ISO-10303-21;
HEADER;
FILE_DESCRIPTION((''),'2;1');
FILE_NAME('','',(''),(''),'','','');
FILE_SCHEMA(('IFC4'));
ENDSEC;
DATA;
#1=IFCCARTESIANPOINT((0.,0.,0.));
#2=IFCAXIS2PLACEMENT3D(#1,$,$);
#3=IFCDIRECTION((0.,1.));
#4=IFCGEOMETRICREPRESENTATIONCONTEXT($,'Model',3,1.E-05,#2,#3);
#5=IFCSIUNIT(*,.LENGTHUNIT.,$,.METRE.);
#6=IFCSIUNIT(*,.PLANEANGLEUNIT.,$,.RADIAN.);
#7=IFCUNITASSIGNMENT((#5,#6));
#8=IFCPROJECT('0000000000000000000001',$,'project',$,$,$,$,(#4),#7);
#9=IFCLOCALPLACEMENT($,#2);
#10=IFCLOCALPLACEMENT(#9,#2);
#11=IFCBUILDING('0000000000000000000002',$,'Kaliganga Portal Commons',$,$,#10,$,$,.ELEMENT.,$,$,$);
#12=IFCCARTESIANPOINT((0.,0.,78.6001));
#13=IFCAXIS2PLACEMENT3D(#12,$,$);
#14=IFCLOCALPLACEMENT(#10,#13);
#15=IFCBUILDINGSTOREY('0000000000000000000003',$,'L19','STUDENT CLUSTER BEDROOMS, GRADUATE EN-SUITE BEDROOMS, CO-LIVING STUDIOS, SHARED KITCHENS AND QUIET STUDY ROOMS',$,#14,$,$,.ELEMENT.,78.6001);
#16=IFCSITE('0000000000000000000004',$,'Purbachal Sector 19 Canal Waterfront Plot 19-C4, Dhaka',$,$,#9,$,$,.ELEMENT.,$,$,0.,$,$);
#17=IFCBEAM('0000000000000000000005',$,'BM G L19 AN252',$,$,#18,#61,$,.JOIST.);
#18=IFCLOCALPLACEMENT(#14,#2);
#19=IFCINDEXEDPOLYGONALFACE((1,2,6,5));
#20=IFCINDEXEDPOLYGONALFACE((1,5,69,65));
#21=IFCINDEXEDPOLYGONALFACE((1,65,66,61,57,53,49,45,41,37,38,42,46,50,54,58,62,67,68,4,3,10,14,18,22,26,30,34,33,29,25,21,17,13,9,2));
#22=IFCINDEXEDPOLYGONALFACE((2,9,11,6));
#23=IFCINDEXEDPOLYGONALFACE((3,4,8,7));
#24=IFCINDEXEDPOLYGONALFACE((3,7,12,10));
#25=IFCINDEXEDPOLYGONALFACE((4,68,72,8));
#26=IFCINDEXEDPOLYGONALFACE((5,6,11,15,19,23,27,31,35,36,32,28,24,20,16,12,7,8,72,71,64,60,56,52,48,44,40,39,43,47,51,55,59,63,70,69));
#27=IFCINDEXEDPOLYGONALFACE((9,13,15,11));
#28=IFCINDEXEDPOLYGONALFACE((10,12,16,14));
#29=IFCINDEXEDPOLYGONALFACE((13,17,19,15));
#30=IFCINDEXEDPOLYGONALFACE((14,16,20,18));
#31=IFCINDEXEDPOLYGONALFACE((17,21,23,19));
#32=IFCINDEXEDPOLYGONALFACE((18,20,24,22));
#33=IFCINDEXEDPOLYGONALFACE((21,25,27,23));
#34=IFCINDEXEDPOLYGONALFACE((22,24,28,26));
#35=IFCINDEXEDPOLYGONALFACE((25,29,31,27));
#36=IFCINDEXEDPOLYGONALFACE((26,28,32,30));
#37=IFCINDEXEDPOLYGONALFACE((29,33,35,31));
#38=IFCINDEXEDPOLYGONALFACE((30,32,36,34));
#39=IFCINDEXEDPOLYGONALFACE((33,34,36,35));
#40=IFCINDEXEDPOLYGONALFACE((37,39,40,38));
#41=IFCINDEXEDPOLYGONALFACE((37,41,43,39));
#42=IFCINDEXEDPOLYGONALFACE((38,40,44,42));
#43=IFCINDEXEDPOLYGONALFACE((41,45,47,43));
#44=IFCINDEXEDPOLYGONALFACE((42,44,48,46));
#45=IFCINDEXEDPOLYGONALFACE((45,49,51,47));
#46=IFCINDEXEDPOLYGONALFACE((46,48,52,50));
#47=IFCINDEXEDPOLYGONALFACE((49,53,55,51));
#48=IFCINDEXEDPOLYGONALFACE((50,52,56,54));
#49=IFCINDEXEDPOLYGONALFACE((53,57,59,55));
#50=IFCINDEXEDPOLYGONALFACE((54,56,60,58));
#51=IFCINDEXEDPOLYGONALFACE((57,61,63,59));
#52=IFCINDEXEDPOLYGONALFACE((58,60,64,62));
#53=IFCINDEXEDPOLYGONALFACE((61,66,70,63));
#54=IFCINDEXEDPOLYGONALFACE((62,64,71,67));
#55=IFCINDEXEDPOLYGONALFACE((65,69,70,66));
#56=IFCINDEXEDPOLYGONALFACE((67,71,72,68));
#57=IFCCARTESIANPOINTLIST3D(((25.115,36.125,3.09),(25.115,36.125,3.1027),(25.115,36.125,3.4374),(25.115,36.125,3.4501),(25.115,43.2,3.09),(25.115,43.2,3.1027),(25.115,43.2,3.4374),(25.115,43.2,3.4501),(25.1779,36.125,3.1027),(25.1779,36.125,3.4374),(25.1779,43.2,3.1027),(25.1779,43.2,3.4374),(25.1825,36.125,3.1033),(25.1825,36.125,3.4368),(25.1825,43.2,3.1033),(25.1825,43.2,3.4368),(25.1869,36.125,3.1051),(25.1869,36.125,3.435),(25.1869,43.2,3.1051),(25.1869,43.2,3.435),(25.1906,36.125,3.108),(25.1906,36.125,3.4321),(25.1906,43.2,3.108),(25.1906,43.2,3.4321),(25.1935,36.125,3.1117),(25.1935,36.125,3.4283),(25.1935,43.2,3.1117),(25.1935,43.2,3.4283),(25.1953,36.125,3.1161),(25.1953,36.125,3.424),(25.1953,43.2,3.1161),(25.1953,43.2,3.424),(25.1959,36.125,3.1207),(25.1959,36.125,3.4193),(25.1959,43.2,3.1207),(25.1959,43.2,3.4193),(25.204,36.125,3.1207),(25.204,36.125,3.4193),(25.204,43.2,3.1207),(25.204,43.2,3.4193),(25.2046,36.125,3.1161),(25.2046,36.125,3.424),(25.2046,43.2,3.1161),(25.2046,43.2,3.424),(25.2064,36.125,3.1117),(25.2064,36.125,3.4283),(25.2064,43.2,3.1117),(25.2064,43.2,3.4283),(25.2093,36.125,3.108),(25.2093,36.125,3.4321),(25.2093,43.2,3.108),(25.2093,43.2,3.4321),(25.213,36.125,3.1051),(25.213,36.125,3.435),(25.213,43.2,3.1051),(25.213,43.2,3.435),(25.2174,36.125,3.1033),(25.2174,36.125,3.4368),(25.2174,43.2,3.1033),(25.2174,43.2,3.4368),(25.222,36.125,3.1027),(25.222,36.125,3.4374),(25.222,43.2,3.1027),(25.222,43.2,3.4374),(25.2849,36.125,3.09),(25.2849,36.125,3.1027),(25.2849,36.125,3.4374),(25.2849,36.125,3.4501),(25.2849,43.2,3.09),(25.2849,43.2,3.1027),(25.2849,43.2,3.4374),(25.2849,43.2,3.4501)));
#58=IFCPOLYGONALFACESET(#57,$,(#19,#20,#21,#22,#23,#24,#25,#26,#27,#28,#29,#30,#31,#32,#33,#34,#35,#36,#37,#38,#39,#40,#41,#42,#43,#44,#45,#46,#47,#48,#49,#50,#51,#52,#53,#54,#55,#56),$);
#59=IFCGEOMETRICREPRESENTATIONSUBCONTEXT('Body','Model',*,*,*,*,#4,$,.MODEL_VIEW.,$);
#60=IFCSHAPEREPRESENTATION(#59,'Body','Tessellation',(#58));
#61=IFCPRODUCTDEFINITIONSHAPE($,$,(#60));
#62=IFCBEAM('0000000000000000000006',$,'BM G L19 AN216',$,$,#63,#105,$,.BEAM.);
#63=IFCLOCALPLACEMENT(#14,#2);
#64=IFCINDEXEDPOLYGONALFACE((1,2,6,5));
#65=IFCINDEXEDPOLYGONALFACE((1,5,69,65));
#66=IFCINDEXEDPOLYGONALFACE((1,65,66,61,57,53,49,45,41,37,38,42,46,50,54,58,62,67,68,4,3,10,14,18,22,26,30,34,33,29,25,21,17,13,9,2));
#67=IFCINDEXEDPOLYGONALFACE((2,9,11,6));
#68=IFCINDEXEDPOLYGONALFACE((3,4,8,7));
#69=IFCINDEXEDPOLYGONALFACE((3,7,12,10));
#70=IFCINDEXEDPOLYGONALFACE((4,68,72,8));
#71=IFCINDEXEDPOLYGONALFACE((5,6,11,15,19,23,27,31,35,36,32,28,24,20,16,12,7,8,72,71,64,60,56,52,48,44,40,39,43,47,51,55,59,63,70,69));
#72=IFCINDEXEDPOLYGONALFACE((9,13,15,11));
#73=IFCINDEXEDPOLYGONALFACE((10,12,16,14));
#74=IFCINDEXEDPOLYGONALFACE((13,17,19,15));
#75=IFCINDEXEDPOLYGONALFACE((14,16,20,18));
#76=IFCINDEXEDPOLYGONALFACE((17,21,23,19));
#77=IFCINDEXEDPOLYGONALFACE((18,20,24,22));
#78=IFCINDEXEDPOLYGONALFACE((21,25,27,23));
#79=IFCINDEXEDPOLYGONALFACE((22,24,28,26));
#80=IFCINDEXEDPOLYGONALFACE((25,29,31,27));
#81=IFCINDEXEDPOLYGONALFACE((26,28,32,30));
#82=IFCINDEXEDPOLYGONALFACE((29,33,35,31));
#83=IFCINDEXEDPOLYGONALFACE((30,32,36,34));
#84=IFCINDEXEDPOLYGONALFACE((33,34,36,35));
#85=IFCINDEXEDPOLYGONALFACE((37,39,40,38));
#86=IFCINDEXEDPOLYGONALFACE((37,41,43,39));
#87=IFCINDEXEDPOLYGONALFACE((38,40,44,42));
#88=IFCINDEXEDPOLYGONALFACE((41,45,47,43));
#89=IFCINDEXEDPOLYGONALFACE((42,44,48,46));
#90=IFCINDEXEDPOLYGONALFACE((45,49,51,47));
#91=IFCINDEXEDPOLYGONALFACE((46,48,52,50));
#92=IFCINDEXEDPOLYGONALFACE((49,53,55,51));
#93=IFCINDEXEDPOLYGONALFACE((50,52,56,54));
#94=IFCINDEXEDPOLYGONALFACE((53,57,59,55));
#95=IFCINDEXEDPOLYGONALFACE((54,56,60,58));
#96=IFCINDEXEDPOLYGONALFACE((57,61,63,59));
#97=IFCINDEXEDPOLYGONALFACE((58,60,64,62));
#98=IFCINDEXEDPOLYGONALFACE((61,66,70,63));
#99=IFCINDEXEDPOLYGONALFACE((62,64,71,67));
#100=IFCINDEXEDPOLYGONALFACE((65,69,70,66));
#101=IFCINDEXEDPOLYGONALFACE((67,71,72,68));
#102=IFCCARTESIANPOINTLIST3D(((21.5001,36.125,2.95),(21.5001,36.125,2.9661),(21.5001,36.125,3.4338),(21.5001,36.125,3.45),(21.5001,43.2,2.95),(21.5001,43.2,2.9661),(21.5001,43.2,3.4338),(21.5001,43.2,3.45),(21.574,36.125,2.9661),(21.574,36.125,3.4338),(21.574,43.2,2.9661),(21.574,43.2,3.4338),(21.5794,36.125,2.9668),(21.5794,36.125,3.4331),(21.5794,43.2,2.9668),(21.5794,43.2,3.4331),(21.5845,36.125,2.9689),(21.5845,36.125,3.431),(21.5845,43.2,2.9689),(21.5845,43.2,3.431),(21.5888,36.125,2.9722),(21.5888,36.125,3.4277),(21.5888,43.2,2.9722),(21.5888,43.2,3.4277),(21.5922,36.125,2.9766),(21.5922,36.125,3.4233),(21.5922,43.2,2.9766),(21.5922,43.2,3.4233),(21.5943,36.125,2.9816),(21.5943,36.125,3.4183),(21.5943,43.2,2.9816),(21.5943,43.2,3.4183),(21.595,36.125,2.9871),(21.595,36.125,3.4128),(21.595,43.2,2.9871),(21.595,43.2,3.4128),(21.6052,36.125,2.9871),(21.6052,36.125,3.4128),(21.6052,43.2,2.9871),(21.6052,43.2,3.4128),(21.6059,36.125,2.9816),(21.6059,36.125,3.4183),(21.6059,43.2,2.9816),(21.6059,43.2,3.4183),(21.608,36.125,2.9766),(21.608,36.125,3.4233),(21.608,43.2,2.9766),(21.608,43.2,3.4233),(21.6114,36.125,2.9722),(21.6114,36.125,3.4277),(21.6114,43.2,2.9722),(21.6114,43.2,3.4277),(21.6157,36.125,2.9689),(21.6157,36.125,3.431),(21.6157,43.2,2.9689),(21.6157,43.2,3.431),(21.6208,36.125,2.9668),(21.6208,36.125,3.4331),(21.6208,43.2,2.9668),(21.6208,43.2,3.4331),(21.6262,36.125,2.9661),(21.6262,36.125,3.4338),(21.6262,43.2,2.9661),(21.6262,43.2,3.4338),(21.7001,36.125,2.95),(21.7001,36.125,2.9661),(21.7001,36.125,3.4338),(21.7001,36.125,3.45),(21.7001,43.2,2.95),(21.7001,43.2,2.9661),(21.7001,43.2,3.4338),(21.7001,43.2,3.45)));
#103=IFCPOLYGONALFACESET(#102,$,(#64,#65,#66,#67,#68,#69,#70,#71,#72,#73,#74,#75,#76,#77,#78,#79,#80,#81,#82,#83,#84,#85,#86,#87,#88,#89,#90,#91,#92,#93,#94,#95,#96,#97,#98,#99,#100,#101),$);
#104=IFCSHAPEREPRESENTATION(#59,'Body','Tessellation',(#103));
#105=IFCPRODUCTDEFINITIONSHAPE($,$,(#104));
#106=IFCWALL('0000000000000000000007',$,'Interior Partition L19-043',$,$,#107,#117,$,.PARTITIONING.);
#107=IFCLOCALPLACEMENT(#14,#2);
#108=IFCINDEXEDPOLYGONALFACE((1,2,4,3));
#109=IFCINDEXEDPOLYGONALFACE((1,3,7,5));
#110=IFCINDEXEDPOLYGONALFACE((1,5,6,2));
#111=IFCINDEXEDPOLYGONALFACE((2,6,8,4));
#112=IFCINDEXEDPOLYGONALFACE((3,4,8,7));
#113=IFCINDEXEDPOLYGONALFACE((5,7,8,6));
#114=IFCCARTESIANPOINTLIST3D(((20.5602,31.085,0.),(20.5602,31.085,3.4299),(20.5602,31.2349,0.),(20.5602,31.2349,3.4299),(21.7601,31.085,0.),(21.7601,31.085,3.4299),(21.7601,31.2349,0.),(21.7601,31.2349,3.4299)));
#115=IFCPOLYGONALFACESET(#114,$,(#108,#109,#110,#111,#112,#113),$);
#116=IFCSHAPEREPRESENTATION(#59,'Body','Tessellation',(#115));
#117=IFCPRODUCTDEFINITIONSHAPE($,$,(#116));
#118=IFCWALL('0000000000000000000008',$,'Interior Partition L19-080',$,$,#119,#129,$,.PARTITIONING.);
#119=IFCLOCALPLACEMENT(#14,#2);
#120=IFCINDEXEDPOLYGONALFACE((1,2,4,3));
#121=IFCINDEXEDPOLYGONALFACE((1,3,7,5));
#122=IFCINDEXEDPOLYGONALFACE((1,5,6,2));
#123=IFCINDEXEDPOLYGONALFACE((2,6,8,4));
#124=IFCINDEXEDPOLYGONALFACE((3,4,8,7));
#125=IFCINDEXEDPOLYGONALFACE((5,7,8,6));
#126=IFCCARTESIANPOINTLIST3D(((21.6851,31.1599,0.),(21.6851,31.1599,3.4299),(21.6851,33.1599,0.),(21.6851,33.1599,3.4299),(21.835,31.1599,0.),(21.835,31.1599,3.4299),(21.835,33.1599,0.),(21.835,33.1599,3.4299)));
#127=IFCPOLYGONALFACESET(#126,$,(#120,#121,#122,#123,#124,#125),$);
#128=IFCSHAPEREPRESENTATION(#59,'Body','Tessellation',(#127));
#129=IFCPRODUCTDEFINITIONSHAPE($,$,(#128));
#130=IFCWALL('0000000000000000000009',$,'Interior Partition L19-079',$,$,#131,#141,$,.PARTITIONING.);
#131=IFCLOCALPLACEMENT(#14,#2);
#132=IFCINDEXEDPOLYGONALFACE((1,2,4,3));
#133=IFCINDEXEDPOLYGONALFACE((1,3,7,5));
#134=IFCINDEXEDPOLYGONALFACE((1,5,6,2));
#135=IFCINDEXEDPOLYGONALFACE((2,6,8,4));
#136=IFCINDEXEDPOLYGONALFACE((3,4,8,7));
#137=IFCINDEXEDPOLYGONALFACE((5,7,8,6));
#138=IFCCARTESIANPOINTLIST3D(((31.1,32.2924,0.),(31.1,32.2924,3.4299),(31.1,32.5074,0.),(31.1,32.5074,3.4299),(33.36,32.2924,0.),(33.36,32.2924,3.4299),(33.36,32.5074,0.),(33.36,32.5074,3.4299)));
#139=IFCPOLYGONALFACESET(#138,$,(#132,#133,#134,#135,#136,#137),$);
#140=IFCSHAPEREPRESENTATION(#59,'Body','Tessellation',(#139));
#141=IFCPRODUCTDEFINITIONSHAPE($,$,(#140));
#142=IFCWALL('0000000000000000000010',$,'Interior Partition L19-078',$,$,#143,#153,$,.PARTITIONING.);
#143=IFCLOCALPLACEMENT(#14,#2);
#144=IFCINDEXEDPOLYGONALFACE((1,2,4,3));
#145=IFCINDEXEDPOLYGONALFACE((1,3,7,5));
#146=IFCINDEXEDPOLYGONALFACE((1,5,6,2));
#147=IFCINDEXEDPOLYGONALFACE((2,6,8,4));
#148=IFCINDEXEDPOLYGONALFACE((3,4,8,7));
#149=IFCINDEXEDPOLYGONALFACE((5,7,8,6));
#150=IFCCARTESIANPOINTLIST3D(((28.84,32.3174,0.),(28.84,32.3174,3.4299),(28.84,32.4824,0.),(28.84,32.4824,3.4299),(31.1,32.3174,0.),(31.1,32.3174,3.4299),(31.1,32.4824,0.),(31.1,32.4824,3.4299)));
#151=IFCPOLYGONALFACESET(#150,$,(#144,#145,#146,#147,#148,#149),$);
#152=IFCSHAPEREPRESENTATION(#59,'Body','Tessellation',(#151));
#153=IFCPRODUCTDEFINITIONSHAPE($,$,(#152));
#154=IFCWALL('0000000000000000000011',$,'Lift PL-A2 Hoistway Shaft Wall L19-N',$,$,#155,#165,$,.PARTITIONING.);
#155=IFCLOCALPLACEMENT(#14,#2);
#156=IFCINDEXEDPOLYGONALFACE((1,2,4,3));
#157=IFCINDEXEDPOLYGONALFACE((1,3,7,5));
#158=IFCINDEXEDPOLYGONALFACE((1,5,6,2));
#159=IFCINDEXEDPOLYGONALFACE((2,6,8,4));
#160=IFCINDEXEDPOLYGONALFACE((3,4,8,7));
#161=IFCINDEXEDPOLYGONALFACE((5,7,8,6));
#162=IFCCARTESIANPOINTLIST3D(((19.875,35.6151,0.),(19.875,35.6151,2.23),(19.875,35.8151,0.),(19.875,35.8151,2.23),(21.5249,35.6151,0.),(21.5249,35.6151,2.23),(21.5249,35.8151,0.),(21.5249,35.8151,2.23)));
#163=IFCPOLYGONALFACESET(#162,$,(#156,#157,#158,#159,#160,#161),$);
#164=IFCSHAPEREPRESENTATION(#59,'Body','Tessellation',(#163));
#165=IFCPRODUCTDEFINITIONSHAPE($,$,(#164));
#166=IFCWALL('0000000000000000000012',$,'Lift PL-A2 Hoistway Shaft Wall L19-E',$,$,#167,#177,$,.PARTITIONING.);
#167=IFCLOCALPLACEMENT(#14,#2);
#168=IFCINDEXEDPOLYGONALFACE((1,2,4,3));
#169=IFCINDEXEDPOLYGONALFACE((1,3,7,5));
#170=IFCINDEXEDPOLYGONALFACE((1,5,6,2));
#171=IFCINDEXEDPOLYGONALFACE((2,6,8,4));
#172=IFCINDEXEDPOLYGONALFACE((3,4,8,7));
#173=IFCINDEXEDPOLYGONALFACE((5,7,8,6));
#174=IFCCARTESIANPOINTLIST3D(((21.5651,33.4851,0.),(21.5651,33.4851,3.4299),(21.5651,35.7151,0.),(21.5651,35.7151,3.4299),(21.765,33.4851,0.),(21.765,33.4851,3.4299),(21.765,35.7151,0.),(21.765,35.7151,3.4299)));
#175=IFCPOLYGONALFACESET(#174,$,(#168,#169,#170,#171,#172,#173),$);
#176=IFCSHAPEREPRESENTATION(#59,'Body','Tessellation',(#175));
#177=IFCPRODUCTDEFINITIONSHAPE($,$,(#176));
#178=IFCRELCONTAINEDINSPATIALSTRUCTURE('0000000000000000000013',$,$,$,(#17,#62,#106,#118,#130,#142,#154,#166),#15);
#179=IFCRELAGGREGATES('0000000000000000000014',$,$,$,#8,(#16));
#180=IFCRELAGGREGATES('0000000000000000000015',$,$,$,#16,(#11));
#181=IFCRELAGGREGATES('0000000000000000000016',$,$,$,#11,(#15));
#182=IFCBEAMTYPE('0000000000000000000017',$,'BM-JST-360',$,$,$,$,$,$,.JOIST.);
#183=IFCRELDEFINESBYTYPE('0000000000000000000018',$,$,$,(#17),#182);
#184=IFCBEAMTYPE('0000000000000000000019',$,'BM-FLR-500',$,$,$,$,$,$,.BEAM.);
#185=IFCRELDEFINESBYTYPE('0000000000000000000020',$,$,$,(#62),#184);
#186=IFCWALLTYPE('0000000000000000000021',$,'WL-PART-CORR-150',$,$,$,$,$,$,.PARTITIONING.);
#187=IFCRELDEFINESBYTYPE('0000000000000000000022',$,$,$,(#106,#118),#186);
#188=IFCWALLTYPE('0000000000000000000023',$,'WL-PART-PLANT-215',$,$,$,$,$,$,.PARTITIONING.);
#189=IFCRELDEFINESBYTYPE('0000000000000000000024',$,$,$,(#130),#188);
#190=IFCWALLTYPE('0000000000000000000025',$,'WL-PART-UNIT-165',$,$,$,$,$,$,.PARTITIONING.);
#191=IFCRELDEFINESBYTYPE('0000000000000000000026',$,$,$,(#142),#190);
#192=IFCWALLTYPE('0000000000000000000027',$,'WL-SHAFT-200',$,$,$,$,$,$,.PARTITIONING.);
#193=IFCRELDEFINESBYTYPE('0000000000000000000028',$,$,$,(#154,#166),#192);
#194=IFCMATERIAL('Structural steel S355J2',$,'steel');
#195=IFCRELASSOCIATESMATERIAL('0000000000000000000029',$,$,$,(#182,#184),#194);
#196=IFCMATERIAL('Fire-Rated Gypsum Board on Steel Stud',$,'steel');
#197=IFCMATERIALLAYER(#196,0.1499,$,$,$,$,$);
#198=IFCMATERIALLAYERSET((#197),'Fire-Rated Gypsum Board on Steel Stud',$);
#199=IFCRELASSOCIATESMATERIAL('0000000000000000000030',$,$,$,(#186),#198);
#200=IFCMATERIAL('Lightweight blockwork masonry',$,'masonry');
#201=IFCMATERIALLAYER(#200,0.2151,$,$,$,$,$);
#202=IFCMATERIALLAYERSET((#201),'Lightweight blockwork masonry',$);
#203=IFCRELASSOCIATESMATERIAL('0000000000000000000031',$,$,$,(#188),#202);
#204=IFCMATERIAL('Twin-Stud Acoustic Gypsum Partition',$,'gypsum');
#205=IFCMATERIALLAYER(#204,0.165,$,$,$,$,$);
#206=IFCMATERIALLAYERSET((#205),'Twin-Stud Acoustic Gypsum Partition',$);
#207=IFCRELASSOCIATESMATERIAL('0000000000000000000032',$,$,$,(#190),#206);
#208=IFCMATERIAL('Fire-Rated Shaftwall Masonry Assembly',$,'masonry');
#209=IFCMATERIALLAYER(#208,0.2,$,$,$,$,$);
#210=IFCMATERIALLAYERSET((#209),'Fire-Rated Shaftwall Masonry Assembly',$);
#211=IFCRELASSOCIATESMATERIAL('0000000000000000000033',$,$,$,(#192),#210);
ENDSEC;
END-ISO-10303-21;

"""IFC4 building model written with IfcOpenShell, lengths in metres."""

from ifc_helpers import new_model, si_unit, direction, frame, frame_2d, origin, origin_2d, place, context, subcontext, project, spatial, rectangle, i_section, extrude, source, transform, mapped, material, layer, layer_set, material_profile, profile_set, type_object, element, save


model = new_model("IFC4")

# Units and contexts
model_context = context("Model", 3, precision=1e-05, world=origin(), true_north=direction((0.0, 1.0)))
body_context = subcontext(model_context, "Body", "Model", "MODEL_VIEW")
ifc_project = project(units=[si_unit("LENGTHUNIT", "METRE"), si_unit("PLANEANGLEUNIT", "RADIAN")], contexts=[model_context])

# Site, building, storey
site_placement = place(None, origin())
site = spatial("IfcSite", under=ifc_project, at=site_placement, Name="Purbachal Sector 19 Canal Waterfront Plot 19-C4, Dhaka", CompositionType="ELEMENT", RefElevation=0.0)
building_placement = place(site_placement, origin())
building = spatial("IfcBuilding", under=site, at=building_placement, Name="Kaliganga Portal Commons", CompositionType="ELEMENT")
storey_placement = place(building_placement, frame((0.0, 0.0, 78.6001)))
storey = spatial("IfcBuildingStorey", under=building, at=storey_placement, Name="L19", Description="STUDENT CLUSTER BEDROOMS, GRADUATE EN-SUITE BEDROOMS, CO-LIVING STUDIOS, SHARED KITCHENS AND QUIET STUDY ROOMS", CompositionType="ELEMENT", Elevation=78.6001)

# Beams
ifc_material_1 = material(Name="Structural steel S355J2", Category="steel")
ifc_material_profile_1 = material_profile(ifc_material_1, i_section(OverallWidth=0.1699, OverallDepth=0.3601, WebThickness=0.0081, FlangeThickness=0.0127, FilletRadius=0.0181, at=origin_2d()), Name="IPE 360")
ifc_profile_set_1 = profile_set([ifc_material_profile_1], Name="Structural steel S355J2 wide-flange")
beam_type_1 = type_object("IfcBeamType", Name="BM-JST-360", PredefinedType="JOIST", material=ifc_profile_set_1)
shared_shape_1 = source(origin(), body_context, "Body", "SweptSolid", [
    extrude(i_section(OverallWidth=0.1699, OverallDepth=0.3601, WebThickness=0.0081, FlangeThickness=0.0127, FilletRadius=0.0181, at=origin_2d()), origin(), (0.0, 0.0, 1.0), 7.075),
])
beam_1_placement = place(storey_placement, frame((25.2, 36.125, 3.27), z_axis=(0.0, 1.0, 0.0), x_axis=(-1.0, 0.0, 0.0)))
element("IfcBeam", 1, at=beam_1_placement, inside=storey, type_object=beam_type_1, Name="BM G L19 AN252", PredefinedType="JOIST", context=body_context, shape_type="MappedRepresentation", body=[
    mapped(shared_shape_1, transform((0.0, 0.0, 0.0), x_axis=(1.0, 0.0, 0.0), y_axis=(0.0, 1.0, 0.0), z_axis=(0.0, 0.0, 1.0), scale=1.0)),
])
ifc_material_profile_2 = material_profile(ifc_material_1, i_section(OverallWidth=0.2, OverallDepth=0.5, WebThickness=0.0103, FlangeThickness=0.0161, FilletRadius=0.021, at=origin_2d()), Name="IPE 500")
ifc_profile_set_2 = profile_set([ifc_material_profile_2], Name="Structural steel S355J2 wide-flange")
beam_type_2 = type_object("IfcBeamType", Name="BM-FLR-500", PredefinedType="BEAM", material=ifc_profile_set_2)
shared_shape_2 = source(origin(), body_context, "Body", "SweptSolid", [
    extrude(i_section(OverallWidth=0.2, OverallDepth=0.5, WebThickness=0.0103, FlangeThickness=0.0161, FilletRadius=0.021, at=origin_2d()), origin(), (0.0, 0.0, 1.0), 7.075),
])
beam_2_placement = place(storey_placement, frame((21.6001, 36.125, 3.2), z_axis=(0.0, 1.0, 0.0), x_axis=(-1.0, 0.0, 0.0)))
element("IfcBeam", 2, at=beam_2_placement, inside=storey, type_object=beam_type_2, Name="BM G L19 AN216", PredefinedType="BEAM", context=body_context, shape_type="MappedRepresentation", body=[
    mapped(shared_shape_2, transform((0.0, 0.0, 0.0), x_axis=(1.0, 0.0, 0.0), y_axis=(0.0, 1.0, 0.0), z_axis=(0.0, 0.0, 1.0), scale=1.0)),
])

# Walls
ifc_material_2 = material(Name="Fire-Rated Gypsum Board on Steel Stud", Category="steel")
ifc_layer_1 = layer(ifc_material_2, 0.1499)
ifc_layer_set_1 = layer_set([ifc_layer_1], Name="Fire-Rated Gypsum Board on Steel Stud")
wall_type_1 = type_object("IfcWallType", Name="WL-PART-CORR-150", PredefinedType="PARTITIONING", material=ifc_layer_set_1)
wall_1_placement = place(storey_placement, frame((20.5601, 31.1599, 0.0), z_axis=(0.0, 0.0, 1.0), x_axis=(1.0, 0.0, 0.0)))
element("IfcWall", 3, at=wall_1_placement, inside=storey, type_object=wall_type_1, Name="Interior Partition L19-043", PredefinedType="PARTITIONING", context=body_context, shape_type="SweptSolid", body=[
    extrude(rectangle(XDim=1.2, YDim=0.1499, at=frame_2d((0.6001, 0.0))), origin(), (0.0, 0.0, 1.0), 3.4299),
])
wall_2_placement = place(storey_placement, frame((21.76, 31.1599, 0.0), z_axis=(0.0, 0.0, 1.0), x_axis=(0.0, 1.0, 0.0)))
element("IfcWall", 4, at=wall_2_placement, inside=storey, type_object=wall_type_1, Name="Interior Partition L19-080", PredefinedType="PARTITIONING", context=body_context, shape_type="SweptSolid", body=[
    extrude(rectangle(XDim=2.0, YDim=0.1499, at=frame_2d((1.0, 0.0))), origin(), (0.0, 0.0, 1.0), 3.4299),
])
ifc_material_3 = material(Name="Lightweight blockwork masonry", Category="masonry")
ifc_layer_2 = layer(ifc_material_3, 0.2151)
ifc_layer_set_2 = layer_set([ifc_layer_2], Name="Lightweight blockwork masonry")
wall_type_2 = type_object("IfcWallType", Name="WL-PART-PLANT-215", PredefinedType="PARTITIONING", material=ifc_layer_set_2)
wall_3_placement = place(storey_placement, frame((31.1001, 32.3999, 0.0), z_axis=(0.0, 0.0, 1.0), x_axis=(1.0, 0.0, 0.0)))
element("IfcWall", 5, at=wall_3_placement, inside=storey, type_object=wall_type_2, Name="Interior Partition L19-079", PredefinedType="PARTITIONING", context=body_context, shape_type="SweptSolid", body=[
    extrude(rectangle(XDim=2.26, YDim=0.2151, at=frame_2d((1.1299, 0.0))), origin(), (0.0, 0.0, 1.0), 3.4299),
])
ifc_material_4 = material(Name="Twin-Stud Acoustic Gypsum Partition", Category="gypsum")
ifc_layer_3 = layer(ifc_material_4, 0.165)
ifc_layer_set_3 = layer_set([ifc_layer_3], Name="Twin-Stud Acoustic Gypsum Partition")
wall_type_3 = type_object("IfcWallType", Name="WL-PART-UNIT-165", PredefinedType="PARTITIONING", material=ifc_layer_set_3)
wall_4_placement = place(storey_placement, frame((28.8401, 32.3999, 0.0), z_axis=(0.0, 0.0, 1.0), x_axis=(1.0, 0.0, 0.0)))
element("IfcWall", 6, at=wall_4_placement, inside=storey, type_object=wall_type_3, Name="Interior Partition L19-078", PredefinedType="PARTITIONING", context=body_context, shape_type="SweptSolid", body=[
    extrude(rectangle(XDim=2.26, YDim=0.165, at=frame_2d((1.1299, 0.0))), origin(), (0.0, 0.0, 1.0), 3.4299),
])
ifc_material_5 = material(Name="Fire-Rated Shaftwall Masonry Assembly", Category="masonry")
ifc_layer_4 = layer(ifc_material_5, 0.2)
ifc_layer_set_4 = layer_set([ifc_layer_4], Name="Fire-Rated Shaftwall Masonry Assembly")
wall_type_4 = type_object("IfcWallType", Name="WL-SHAFT-200", PredefinedType="PARTITIONING", material=ifc_layer_set_4)
wall_5_placement = place(storey_placement, frame((19.875, 35.7151, 0.0), z_axis=(0.0, 0.0, 1.0), x_axis=(1.0, 0.0, 0.0)))
element("IfcWall", 7, at=wall_5_placement, inside=storey, type_object=wall_type_4, Name="Lift PL-A2 Hoistway Shaft Wall L19-N", PredefinedType="PARTITIONING", context=body_context, shape_type="SweptSolid", body=[
    extrude(rectangle(XDim=1.6499, YDim=0.2, at=frame_2d((0.825, 0.0))), origin(), (0.0, 0.0, 1.0), 2.23),
])
wall_6_placement = place(storey_placement, frame((21.665, 33.4851, 0.0), z_axis=(0.0, 0.0, 1.0), x_axis=(0.0, 1.0, 0.0)))
element("IfcWall", 8, at=wall_6_placement, inside=storey, type_object=wall_type_4, Name="Lift PL-A2 Hoistway Shaft Wall L19-E", PredefinedType="PARTITIONING", context=body_context, shape_type="SweptSolid", body=[
    extrude(rectangle(XDim=2.23, YDim=0.2, at=frame_2d((1.115, 0.0))), origin(), (0.0, 0.0, 1.0), 3.4299),
])

save(model, "model.ifc")
